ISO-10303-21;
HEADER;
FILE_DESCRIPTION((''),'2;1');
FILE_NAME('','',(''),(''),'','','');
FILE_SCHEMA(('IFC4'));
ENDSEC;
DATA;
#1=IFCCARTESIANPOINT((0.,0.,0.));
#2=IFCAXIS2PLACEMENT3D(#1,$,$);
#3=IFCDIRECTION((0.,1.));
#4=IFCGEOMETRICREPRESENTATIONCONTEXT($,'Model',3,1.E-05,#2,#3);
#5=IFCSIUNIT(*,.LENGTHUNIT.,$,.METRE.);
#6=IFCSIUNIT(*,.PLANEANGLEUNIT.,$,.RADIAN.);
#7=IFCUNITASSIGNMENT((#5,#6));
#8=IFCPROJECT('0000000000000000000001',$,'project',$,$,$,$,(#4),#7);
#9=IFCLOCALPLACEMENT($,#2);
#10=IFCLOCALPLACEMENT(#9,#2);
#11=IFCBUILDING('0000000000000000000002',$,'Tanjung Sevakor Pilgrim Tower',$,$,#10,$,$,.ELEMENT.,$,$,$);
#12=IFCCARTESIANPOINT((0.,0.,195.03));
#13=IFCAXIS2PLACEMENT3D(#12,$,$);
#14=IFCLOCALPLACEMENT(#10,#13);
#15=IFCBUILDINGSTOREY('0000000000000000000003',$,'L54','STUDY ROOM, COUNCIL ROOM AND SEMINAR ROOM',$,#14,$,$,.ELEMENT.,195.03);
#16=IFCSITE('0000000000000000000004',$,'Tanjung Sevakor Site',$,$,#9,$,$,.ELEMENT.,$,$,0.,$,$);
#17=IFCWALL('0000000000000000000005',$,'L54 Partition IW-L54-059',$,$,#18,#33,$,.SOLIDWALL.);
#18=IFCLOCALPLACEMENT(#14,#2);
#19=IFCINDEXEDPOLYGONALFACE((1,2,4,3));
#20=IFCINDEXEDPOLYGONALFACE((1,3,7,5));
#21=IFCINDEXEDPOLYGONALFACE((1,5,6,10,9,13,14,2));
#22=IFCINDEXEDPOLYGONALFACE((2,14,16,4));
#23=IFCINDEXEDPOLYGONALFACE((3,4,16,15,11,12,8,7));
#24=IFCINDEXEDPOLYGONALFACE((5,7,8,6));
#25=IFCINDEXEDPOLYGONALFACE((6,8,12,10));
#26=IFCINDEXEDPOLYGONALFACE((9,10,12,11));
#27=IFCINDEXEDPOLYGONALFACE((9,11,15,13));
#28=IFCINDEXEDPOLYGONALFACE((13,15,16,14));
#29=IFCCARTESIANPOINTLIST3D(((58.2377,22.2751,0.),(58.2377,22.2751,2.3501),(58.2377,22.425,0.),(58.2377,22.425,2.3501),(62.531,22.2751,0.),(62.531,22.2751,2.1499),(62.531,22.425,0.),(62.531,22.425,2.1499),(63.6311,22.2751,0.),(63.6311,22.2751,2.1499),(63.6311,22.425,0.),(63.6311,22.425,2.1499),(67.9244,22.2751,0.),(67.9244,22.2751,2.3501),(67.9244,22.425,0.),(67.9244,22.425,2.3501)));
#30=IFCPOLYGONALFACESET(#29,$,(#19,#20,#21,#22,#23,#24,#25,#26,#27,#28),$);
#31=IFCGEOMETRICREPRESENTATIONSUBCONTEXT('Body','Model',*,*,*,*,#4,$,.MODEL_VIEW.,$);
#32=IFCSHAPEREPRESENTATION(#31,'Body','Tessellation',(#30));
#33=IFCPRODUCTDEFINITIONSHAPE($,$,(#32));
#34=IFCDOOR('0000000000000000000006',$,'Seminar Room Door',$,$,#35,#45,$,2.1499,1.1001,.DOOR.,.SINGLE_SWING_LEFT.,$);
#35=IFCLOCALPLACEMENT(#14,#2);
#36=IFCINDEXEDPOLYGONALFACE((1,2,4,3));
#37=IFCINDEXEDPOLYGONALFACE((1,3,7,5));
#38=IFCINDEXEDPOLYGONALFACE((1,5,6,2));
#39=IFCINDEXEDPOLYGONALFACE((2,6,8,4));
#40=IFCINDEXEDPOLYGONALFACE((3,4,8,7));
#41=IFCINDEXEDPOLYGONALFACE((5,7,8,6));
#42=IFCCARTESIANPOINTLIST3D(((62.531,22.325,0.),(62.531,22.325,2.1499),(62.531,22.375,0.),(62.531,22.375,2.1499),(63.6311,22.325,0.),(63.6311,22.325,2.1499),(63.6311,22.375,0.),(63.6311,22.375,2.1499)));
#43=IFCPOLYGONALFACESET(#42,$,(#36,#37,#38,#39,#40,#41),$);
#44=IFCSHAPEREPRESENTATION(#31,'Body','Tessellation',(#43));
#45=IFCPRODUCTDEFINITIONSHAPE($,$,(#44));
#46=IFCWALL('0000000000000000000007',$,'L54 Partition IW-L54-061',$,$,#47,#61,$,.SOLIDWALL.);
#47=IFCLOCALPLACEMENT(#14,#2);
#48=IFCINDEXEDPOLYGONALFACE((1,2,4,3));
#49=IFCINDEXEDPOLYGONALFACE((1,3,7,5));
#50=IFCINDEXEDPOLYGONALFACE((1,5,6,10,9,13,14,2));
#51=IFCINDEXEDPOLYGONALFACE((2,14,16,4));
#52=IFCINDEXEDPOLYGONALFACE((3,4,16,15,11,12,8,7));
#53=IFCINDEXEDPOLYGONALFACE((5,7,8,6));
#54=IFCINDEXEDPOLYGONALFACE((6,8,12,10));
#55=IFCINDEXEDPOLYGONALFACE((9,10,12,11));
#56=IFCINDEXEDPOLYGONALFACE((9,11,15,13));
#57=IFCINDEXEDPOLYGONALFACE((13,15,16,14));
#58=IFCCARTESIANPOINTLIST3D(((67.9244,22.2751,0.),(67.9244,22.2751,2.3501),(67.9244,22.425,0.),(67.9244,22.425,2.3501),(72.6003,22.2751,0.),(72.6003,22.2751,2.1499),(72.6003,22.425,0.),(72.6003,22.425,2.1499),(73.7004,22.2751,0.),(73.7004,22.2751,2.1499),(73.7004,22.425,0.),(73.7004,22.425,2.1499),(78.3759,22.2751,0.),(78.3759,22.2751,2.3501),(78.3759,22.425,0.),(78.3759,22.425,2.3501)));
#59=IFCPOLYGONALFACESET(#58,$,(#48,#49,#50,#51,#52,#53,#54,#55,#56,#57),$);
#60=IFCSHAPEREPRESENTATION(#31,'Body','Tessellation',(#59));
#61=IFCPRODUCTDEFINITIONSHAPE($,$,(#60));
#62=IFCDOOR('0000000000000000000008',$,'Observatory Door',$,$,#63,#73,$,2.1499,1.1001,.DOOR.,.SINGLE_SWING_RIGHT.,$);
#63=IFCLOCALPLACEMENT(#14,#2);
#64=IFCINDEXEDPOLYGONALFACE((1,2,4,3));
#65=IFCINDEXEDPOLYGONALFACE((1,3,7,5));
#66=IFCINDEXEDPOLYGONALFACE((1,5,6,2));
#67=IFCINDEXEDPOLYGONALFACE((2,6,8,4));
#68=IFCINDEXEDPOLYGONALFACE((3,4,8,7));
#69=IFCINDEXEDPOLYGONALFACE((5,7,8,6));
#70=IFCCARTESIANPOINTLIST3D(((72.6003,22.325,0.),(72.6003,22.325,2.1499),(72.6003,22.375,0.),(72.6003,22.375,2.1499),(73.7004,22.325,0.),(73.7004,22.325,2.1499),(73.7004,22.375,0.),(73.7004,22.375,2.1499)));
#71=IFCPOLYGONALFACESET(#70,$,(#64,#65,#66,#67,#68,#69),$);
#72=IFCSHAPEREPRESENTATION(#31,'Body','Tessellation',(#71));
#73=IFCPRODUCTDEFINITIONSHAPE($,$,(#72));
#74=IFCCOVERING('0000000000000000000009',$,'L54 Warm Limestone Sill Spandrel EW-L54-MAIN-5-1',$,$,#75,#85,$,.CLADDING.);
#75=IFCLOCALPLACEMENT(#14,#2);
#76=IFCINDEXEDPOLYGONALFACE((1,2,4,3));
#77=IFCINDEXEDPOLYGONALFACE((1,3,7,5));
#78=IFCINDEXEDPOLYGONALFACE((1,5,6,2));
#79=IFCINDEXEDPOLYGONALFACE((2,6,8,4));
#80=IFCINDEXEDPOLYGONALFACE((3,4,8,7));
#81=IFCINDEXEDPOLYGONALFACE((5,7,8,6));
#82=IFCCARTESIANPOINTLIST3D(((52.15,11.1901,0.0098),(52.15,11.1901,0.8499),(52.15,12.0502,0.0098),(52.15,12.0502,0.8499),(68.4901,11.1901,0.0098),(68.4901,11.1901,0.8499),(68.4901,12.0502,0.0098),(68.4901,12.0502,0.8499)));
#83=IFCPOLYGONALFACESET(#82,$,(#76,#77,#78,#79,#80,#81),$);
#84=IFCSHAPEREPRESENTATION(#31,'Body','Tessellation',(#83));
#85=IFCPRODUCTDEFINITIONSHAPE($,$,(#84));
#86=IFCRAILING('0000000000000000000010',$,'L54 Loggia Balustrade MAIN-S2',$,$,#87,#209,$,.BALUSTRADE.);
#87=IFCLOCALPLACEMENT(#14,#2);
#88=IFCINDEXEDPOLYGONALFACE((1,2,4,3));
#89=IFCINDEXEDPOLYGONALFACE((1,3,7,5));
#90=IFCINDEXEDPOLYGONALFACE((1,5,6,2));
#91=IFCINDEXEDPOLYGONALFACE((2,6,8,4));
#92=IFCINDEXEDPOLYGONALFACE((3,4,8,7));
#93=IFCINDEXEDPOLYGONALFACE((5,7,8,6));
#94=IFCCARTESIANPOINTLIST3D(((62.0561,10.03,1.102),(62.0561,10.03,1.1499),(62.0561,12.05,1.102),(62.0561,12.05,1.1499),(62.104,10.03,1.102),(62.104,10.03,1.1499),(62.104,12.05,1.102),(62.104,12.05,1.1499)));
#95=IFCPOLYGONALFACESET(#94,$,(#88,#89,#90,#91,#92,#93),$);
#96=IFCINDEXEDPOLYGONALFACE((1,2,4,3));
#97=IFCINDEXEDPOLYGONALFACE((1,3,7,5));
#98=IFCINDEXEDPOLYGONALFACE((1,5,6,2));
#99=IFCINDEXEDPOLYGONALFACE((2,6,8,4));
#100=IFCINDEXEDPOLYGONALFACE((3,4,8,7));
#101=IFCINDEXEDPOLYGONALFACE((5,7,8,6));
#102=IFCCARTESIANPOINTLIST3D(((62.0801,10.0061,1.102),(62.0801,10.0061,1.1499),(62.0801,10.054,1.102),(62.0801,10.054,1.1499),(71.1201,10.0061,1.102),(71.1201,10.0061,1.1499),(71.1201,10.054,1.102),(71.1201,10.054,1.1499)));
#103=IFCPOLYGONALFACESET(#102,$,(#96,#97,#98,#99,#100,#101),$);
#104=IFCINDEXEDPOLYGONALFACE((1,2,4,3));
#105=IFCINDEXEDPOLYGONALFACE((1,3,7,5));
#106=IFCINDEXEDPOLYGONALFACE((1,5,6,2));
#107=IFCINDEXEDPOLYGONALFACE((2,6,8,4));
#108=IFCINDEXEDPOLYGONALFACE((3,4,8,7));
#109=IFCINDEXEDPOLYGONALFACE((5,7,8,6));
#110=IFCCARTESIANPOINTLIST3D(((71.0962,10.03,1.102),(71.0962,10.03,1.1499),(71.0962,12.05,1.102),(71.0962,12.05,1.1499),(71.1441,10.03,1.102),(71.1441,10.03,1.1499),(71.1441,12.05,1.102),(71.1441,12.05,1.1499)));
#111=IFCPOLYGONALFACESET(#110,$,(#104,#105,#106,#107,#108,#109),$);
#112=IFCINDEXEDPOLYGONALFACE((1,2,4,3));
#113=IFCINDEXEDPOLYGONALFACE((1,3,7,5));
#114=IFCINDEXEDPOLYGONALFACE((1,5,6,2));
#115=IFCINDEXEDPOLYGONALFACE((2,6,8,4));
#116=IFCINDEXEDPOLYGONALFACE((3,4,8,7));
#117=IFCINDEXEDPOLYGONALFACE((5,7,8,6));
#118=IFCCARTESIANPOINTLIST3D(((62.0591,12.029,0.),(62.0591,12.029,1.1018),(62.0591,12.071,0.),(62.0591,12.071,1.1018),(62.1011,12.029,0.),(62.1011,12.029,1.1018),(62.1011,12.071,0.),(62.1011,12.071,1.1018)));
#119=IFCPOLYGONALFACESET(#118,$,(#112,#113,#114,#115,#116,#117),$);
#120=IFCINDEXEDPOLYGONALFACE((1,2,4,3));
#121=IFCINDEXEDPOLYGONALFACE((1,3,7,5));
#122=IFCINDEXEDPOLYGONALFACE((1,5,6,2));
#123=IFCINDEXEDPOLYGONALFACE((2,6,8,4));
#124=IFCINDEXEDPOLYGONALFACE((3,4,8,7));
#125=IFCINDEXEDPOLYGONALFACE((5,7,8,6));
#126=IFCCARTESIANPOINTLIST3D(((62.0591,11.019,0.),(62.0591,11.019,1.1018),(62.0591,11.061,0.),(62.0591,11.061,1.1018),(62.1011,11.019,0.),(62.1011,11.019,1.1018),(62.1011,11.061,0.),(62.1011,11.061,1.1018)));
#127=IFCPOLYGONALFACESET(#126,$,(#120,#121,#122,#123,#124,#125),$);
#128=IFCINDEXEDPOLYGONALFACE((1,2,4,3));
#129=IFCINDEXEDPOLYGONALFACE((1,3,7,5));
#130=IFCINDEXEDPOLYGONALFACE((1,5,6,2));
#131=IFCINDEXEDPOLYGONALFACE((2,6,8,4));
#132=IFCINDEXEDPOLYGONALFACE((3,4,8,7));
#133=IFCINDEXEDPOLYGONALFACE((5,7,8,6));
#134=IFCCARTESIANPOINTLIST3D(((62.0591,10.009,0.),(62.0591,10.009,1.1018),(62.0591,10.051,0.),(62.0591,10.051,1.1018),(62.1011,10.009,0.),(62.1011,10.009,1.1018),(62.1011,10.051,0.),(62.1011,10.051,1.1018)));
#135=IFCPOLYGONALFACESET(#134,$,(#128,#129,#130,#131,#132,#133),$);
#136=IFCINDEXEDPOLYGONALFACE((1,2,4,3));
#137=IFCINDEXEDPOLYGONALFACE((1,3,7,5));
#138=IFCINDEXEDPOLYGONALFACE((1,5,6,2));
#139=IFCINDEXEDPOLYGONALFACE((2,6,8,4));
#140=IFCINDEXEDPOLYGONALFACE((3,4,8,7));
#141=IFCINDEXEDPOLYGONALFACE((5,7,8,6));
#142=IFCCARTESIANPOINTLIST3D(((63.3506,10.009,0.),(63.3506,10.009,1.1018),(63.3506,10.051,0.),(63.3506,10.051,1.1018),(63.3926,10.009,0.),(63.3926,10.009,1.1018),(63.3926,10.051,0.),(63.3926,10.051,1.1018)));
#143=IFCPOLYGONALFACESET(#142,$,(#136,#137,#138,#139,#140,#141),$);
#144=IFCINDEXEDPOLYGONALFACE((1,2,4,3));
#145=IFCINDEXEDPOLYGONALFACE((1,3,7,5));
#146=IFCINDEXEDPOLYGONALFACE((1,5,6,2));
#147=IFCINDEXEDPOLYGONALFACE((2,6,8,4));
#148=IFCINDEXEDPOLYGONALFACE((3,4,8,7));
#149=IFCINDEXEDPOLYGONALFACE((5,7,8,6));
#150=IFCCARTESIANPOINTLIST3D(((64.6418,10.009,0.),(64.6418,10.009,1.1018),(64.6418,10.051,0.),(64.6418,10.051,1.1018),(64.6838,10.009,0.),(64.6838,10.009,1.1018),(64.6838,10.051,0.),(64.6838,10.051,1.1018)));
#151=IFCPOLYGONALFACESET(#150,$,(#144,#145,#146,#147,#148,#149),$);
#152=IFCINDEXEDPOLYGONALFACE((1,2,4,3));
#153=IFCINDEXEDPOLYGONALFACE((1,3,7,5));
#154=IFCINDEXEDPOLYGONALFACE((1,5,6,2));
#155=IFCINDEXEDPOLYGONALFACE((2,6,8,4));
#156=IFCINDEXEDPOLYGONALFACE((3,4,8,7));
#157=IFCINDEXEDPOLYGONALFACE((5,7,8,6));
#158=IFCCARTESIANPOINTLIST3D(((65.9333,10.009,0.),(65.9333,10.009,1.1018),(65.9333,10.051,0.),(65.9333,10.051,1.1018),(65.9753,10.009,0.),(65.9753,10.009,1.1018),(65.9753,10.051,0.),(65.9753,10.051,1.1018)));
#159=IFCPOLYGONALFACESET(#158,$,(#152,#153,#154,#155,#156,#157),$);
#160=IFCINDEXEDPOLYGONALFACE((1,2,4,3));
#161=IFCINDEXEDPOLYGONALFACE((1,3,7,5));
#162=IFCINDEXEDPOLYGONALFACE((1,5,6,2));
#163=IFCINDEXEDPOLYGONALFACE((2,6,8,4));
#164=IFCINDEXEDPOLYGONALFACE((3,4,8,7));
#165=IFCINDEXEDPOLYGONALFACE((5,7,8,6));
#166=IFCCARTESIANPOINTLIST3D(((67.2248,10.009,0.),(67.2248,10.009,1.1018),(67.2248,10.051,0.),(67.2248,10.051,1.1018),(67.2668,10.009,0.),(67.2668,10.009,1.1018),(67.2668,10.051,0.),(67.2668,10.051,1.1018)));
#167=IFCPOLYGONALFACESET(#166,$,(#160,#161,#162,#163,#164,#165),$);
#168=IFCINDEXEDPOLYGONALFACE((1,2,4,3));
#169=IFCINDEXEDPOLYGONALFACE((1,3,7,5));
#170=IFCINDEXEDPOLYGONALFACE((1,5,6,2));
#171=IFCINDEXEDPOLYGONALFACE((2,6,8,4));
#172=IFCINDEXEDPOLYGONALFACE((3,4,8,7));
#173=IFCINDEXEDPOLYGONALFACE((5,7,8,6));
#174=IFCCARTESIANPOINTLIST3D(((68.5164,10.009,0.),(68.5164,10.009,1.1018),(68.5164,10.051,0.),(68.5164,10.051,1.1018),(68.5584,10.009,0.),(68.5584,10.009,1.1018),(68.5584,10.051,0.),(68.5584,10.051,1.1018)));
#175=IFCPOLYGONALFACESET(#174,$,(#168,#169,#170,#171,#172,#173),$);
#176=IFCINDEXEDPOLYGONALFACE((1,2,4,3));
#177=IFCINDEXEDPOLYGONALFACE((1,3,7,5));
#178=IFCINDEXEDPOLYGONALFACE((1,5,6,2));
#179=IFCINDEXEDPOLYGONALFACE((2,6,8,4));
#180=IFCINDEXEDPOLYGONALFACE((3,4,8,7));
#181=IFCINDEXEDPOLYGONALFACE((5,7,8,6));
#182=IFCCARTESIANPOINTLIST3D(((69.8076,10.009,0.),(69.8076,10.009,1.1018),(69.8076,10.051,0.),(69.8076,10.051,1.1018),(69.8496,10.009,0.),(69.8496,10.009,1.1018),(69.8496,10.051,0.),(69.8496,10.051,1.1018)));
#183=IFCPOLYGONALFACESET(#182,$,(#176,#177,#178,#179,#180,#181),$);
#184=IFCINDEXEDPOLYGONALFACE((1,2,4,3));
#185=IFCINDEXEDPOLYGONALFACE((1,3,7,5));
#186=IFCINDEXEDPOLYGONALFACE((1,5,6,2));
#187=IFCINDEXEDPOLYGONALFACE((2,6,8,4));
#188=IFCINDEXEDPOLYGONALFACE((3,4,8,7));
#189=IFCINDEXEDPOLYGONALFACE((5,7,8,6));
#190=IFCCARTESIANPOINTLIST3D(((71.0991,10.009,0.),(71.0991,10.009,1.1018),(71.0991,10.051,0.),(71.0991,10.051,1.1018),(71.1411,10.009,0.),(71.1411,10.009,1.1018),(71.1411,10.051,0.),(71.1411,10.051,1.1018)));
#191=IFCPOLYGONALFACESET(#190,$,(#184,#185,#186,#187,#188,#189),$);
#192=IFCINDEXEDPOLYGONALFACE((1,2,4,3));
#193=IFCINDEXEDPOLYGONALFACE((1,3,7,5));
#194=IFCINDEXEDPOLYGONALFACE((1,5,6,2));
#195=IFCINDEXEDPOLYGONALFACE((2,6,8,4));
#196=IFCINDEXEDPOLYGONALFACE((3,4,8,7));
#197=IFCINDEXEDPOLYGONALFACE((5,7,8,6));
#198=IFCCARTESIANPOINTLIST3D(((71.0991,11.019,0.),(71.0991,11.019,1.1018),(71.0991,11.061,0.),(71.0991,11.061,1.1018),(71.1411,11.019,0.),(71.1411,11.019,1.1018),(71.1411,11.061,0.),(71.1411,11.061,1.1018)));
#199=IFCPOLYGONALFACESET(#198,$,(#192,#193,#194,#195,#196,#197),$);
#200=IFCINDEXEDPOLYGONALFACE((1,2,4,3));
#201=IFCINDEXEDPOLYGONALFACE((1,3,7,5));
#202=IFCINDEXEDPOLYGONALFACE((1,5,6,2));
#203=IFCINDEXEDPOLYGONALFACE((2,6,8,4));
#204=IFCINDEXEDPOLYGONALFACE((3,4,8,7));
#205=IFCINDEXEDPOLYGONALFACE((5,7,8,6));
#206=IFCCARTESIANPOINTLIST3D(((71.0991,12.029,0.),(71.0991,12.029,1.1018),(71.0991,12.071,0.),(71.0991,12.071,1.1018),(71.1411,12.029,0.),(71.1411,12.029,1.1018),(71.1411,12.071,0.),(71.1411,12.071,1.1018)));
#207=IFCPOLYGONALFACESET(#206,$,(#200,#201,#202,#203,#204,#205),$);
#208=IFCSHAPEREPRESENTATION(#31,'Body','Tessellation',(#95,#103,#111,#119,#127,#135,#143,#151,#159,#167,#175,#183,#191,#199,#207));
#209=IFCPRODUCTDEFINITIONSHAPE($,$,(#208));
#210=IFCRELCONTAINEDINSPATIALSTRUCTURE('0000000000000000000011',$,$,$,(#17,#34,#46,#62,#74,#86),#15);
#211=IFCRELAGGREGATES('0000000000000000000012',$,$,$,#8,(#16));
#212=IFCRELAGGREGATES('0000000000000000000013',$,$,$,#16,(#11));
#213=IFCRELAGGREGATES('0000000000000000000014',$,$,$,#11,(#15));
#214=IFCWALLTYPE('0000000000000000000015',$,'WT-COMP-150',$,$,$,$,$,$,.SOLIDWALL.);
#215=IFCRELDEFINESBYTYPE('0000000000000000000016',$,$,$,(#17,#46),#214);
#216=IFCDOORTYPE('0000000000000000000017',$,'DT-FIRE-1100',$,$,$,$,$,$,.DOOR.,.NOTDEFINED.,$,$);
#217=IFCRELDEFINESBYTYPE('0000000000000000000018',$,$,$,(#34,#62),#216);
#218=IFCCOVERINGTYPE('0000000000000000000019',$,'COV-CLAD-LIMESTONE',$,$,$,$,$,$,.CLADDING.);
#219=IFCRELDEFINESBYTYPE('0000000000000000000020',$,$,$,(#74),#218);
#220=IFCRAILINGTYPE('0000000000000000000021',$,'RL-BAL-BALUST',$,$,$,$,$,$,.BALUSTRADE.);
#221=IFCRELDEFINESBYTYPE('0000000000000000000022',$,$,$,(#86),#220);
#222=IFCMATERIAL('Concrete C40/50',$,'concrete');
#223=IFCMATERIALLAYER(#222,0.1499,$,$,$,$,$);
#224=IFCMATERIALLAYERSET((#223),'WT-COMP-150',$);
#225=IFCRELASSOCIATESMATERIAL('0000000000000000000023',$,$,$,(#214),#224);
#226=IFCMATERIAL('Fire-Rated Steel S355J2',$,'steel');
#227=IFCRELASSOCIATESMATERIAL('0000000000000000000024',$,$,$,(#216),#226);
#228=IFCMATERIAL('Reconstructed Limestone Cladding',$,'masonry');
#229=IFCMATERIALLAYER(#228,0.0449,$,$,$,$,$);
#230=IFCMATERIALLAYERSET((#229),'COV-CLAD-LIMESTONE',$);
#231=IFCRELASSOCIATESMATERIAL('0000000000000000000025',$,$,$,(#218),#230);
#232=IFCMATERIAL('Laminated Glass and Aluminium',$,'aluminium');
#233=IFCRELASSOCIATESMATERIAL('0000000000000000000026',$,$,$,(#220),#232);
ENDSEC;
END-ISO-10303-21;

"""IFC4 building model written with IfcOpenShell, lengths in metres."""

from ifc_helpers import new_model, si_unit, direction, frame, frame_2d, origin, origin_2d, place, context, subcontext, project, spatial, rectangle, extrude, material, layer, layer_set, type_object, element, fill, save


model = new_model("IFC4")

# Units and contexts
model_context = context("Model", 3, precision=1e-05, world=origin(), true_north=direction((0.0, 1.0)))
body_context = subcontext(model_context, "Body", "Model", "MODEL_VIEW")
ifc_project = project(units=[si_unit("LENGTHUNIT", "METRE"), si_unit("PLANEANGLEUNIT", "RADIAN")], contexts=[model_context])

# Site, building, storey
site_placement = place(None, origin())
site = spatial("IfcSite", under=ifc_project, at=site_placement, Name="Tanjung Sevakor Site", CompositionType="ELEMENT", RefElevation=0.0)
building_placement = place(site_placement, origin())
building = spatial("IfcBuilding", under=site, at=building_placement, Name="Tanjung Sevakor Pilgrim Tower", CompositionType="ELEMENT")
storey_placement = place(building_placement, frame((0.0, 0.0, 195.03)))
storey = spatial("IfcBuildingStorey", under=building, at=storey_placement, Name="L54", Description="STUDY ROOM, COUNCIL ROOM AND SEMINAR ROOM", CompositionType="ELEMENT", Elevation=195.03)

# Shared definitions
ifc_material_1 = material(Name="Concrete C40/50", Category="concrete")
ifc_layer_1 = layer(ifc_material_1, 0.1499)
ifc_layer_set_1 = layer_set([ifc_layer_1], Name="WT-COMP-150")
wall_type = type_object("IfcWallType", Name="WT-COMP-150", PredefinedType="SOLIDWALL", material=ifc_layer_set_1)

# Walls, openings, doors
wall_1_placement = place(storey_placement, frame((58.2378, 22.3501, 0.0), z_axis=(0.0, 0.0, 1.0), x_axis=(1.0, 0.0, 0.0)))
wall_1 = element("IfcWall", 1, at=wall_1_placement, inside=storey, type_object=wall_type, Name="L54 Partition IW-L54-059", PredefinedType="SOLIDWALL", context=body_context, shape_type="SweptSolid", body=[
    extrude(rectangle(XDim=9.6868, YDim=0.1499, at=frame_2d((4.8433, 0.0))), origin(), (0.0, 0.0, 1.0), 2.3501),
])
opening_1_placement = place(wall_1_placement, frame((4.2932, 0.0, 0.0)))
opening_1 = element("IfcOpeningElement", 2, at=opening_1_placement, cuts=wall_1, PredefinedType="OPENING", context=body_context, shape_type="SweptSolid", body=[
    extrude(rectangle(XDim=1.1001, YDim=2.1499, at=frame_2d((0.55, 1.075))), frame((0.0, 0.085, 0.0), z_axis=(0.0, -1.0, 0.0), x_axis=(1.0, 0.0, 0.0)), (0.0, 0.0, 1.0), 0.1699),
])
ifc_material_2 = material(Name="Fire-Rated Steel S355J2", Category="steel")
door_type = type_object("IfcDoorType", Name="DT-FIRE-1100", OperationType="NOTDEFINED", PredefinedType="DOOR", material=ifc_material_2)
door_1_placement = place(opening_1_placement, origin())
door_1 = element("IfcDoor", 3, at=door_1_placement, inside=storey, type_object=door_type, Name="Seminar Room Door", OperationType="SINGLE_SWING_LEFT", OverallHeight=2.1499, OverallWidth=1.1001, PredefinedType="DOOR", context=body_context, shape_type="SweptSolid", body=[
    extrude(rectangle(XDim=1.1001, YDim=2.1499, at=frame_2d((0.55, 1.075))), frame((0.0, 0.0249, 0.0), z_axis=(0.0, -1.0, 0.0), x_axis=(1.0, 0.0, 0.0)), (0.0, 0.0, 1.0), 0.05),
])
fill(opening_1, door_1)
wall_2_placement = place(storey_placement, frame((67.9246, 22.3501, 0.0), z_axis=(0.0, 0.0, 1.0), x_axis=(1.0, 0.0, 0.0)))
wall_2 = element("IfcWall", 4, at=wall_2_placement, inside=storey, type_object=wall_type, Name="L54 Partition IW-L54-061", PredefinedType="SOLIDWALL", context=body_context, shape_type="SweptSolid", body=[
    extrude(rectangle(XDim=10.4514, YDim=0.1499, at=frame_2d((5.2256, 0.0))), origin(), (0.0, 0.0, 1.0), 2.3501),
])
opening_2_placement = place(wall_2_placement, frame((4.6758, 0.0, 0.0)))
opening_2 = element("IfcOpeningElement", 5, at=opening_2_placement, cuts=wall_2, PredefinedType="OPENING", context=body_context, shape_type="SweptSolid", body=[
    extrude(rectangle(XDim=1.1001, YDim=2.1499, at=frame_2d((0.55, 1.075))), frame((0.0, 0.085, 0.0), z_axis=(0.0, -1.0, 0.0), x_axis=(1.0, 0.0, 0.0)), (0.0, 0.0, 1.0), 0.1699),
])
door_2_placement = place(opening_2_placement, origin())
door_2 = element("IfcDoor", 6, at=door_2_placement, inside=storey, type_object=door_type, Name="Observatory Door", OperationType="SINGLE_SWING_RIGHT", OverallHeight=2.1499, OverallWidth=1.1001, PredefinedType="DOOR", context=body_context, shape_type="SweptSolid", body=[
    extrude(rectangle(XDim=1.1001, YDim=2.1499, at=frame_2d((0.55, 1.075))), frame((0.0, 0.0249, 0.0), z_axis=(0.0, -1.0, 0.0), x_axis=(1.0, 0.0, 0.0)), (0.0, 0.0, 1.0), 0.05),
])
fill(opening_2, door_2)

# Covering
ifc_material_3 = material(Name="Reconstructed Limestone Cladding", Category="masonry")
ifc_layer_2 = layer(ifc_material_3, 0.0449)
ifc_layer_set_2 = layer_set([ifc_layer_2], Name="COV-CLAD-LIMESTONE")
covering_type = type_object("IfcCoveringType", Name="COV-CLAD-LIMESTONE", PredefinedType="CLADDING", material=ifc_layer_set_2)
covering_placement = place(storey_placement, frame((60.3201, 11.6201, 0.0098), z_axis=(0.0, 0.0, 1.0), x_axis=(1.0, 0.0, 0.0)))
element("IfcCovering", 7, at=covering_placement, inside=storey, type_object=covering_type, Name="L54 Warm Limestone Sill Spandrel EW-L54-MAIN-5-1", PredefinedType="CLADDING", context=body_context, shape_type="SweptSolid", body=[
    extrude(rectangle(XDim=16.3401, YDim=0.8601, at=origin_2d()), origin(), (0.0, 0.0, 1.0), 0.8401),
])

# Railing
ifc_material_4 = material(Name="Laminated Glass and Aluminium", Category="aluminium")
railing_type = type_object("IfcRailingType", Name="RL-BAL-BALUST", PredefinedType="BALUSTRADE", material=ifc_material_4)
railing_placement = place(storey_placement, frame((62.0801, 12.05, 0.0)))
element("IfcRailing", 8, at=railing_placement, inside=storey, type_object=railing_type, Name="L54 Loggia Balustrade MAIN-S2", PredefinedType="BALUSTRADE", context=body_context, shape_type="SweptSolid", body=[
    extrude(rectangle(XDim=0.0479, YDim=0.0479), frame((0.0, 0.0, 1.126), z_axis=(0.0, -1.0, 0.0), x_axis=(1.0, 0.0, 0.0)), (0.0, 0.0, 1.0), 2.02),
    extrude(rectangle(XDim=0.0479, YDim=0.0479), frame((0.0, -2.02, 1.126), z_axis=(1.0, 0.0, 0.0), x_axis=(0.0, 1.0, 0.0)), (0.0, 0.0, 1.0), 9.04),
    extrude(rectangle(XDim=0.0479, YDim=0.0479), frame((9.04, -2.02, 1.126), z_axis=(0.0, 1.0, 0.0), x_axis=(-1.0, 0.0, 0.0)), (0.0, 0.0, 1.0), 2.02),
    extrude(rectangle(XDim=0.042, YDim=0.042), origin(), (0.0, 0.0, 1.0), 1.1018),
    extrude(rectangle(XDim=0.042, YDim=0.042), frame((0.0, -1.01, 0.0)), (0.0, 0.0, 1.0), 1.1018),
    extrude(rectangle(XDim=0.042, YDim=0.042), frame((0.0, -2.02, 0.0)), (0.0, 0.0, 1.0), 1.1018),
    extrude(rectangle(XDim=0.042, YDim=0.042), frame((1.2915, -2.02, 0.0)), (0.0, 0.0, 1.0), 1.1018),
    extrude(rectangle(XDim=0.042, YDim=0.042), frame((2.5828, -2.02, 0.0)), (0.0, 0.0, 1.0), 1.1018),
    extrude(rectangle(XDim=0.042, YDim=0.042), frame((3.8743, -2.02, 0.0)), (0.0, 0.0, 1.0), 1.1018),
    extrude(rectangle(XDim=0.042, YDim=0.042), frame((5.1658, -2.02, 0.0)), (0.0, 0.0, 1.0), 1.1018),
    extrude(rectangle(XDim=0.042, YDim=0.042), frame((6.4573, -2.02, 0.0)), (0.0, 0.0, 1.0), 1.1018),
    extrude(rectangle(XDim=0.042, YDim=0.042), frame((7.7485, -2.02, 0.0)), (0.0, 0.0, 1.0), 1.1018),
    extrude(rectangle(XDim=0.042, YDim=0.042), frame((9.04, -2.02, 0.0)), (0.0, 0.0, 1.0), 1.1018),
    extrude(rectangle(XDim=0.042, YDim=0.042), frame((9.04, -1.01, 0.0)), (0.0, 0.0, 1.0), 1.1018),
    extrude(rectangle(XDim=0.042, YDim=0.042), frame((9.04, 0.0, 0.0)), (0.0, 0.0, 1.0), 1.1018),
])

save(model, "model.ifc")
